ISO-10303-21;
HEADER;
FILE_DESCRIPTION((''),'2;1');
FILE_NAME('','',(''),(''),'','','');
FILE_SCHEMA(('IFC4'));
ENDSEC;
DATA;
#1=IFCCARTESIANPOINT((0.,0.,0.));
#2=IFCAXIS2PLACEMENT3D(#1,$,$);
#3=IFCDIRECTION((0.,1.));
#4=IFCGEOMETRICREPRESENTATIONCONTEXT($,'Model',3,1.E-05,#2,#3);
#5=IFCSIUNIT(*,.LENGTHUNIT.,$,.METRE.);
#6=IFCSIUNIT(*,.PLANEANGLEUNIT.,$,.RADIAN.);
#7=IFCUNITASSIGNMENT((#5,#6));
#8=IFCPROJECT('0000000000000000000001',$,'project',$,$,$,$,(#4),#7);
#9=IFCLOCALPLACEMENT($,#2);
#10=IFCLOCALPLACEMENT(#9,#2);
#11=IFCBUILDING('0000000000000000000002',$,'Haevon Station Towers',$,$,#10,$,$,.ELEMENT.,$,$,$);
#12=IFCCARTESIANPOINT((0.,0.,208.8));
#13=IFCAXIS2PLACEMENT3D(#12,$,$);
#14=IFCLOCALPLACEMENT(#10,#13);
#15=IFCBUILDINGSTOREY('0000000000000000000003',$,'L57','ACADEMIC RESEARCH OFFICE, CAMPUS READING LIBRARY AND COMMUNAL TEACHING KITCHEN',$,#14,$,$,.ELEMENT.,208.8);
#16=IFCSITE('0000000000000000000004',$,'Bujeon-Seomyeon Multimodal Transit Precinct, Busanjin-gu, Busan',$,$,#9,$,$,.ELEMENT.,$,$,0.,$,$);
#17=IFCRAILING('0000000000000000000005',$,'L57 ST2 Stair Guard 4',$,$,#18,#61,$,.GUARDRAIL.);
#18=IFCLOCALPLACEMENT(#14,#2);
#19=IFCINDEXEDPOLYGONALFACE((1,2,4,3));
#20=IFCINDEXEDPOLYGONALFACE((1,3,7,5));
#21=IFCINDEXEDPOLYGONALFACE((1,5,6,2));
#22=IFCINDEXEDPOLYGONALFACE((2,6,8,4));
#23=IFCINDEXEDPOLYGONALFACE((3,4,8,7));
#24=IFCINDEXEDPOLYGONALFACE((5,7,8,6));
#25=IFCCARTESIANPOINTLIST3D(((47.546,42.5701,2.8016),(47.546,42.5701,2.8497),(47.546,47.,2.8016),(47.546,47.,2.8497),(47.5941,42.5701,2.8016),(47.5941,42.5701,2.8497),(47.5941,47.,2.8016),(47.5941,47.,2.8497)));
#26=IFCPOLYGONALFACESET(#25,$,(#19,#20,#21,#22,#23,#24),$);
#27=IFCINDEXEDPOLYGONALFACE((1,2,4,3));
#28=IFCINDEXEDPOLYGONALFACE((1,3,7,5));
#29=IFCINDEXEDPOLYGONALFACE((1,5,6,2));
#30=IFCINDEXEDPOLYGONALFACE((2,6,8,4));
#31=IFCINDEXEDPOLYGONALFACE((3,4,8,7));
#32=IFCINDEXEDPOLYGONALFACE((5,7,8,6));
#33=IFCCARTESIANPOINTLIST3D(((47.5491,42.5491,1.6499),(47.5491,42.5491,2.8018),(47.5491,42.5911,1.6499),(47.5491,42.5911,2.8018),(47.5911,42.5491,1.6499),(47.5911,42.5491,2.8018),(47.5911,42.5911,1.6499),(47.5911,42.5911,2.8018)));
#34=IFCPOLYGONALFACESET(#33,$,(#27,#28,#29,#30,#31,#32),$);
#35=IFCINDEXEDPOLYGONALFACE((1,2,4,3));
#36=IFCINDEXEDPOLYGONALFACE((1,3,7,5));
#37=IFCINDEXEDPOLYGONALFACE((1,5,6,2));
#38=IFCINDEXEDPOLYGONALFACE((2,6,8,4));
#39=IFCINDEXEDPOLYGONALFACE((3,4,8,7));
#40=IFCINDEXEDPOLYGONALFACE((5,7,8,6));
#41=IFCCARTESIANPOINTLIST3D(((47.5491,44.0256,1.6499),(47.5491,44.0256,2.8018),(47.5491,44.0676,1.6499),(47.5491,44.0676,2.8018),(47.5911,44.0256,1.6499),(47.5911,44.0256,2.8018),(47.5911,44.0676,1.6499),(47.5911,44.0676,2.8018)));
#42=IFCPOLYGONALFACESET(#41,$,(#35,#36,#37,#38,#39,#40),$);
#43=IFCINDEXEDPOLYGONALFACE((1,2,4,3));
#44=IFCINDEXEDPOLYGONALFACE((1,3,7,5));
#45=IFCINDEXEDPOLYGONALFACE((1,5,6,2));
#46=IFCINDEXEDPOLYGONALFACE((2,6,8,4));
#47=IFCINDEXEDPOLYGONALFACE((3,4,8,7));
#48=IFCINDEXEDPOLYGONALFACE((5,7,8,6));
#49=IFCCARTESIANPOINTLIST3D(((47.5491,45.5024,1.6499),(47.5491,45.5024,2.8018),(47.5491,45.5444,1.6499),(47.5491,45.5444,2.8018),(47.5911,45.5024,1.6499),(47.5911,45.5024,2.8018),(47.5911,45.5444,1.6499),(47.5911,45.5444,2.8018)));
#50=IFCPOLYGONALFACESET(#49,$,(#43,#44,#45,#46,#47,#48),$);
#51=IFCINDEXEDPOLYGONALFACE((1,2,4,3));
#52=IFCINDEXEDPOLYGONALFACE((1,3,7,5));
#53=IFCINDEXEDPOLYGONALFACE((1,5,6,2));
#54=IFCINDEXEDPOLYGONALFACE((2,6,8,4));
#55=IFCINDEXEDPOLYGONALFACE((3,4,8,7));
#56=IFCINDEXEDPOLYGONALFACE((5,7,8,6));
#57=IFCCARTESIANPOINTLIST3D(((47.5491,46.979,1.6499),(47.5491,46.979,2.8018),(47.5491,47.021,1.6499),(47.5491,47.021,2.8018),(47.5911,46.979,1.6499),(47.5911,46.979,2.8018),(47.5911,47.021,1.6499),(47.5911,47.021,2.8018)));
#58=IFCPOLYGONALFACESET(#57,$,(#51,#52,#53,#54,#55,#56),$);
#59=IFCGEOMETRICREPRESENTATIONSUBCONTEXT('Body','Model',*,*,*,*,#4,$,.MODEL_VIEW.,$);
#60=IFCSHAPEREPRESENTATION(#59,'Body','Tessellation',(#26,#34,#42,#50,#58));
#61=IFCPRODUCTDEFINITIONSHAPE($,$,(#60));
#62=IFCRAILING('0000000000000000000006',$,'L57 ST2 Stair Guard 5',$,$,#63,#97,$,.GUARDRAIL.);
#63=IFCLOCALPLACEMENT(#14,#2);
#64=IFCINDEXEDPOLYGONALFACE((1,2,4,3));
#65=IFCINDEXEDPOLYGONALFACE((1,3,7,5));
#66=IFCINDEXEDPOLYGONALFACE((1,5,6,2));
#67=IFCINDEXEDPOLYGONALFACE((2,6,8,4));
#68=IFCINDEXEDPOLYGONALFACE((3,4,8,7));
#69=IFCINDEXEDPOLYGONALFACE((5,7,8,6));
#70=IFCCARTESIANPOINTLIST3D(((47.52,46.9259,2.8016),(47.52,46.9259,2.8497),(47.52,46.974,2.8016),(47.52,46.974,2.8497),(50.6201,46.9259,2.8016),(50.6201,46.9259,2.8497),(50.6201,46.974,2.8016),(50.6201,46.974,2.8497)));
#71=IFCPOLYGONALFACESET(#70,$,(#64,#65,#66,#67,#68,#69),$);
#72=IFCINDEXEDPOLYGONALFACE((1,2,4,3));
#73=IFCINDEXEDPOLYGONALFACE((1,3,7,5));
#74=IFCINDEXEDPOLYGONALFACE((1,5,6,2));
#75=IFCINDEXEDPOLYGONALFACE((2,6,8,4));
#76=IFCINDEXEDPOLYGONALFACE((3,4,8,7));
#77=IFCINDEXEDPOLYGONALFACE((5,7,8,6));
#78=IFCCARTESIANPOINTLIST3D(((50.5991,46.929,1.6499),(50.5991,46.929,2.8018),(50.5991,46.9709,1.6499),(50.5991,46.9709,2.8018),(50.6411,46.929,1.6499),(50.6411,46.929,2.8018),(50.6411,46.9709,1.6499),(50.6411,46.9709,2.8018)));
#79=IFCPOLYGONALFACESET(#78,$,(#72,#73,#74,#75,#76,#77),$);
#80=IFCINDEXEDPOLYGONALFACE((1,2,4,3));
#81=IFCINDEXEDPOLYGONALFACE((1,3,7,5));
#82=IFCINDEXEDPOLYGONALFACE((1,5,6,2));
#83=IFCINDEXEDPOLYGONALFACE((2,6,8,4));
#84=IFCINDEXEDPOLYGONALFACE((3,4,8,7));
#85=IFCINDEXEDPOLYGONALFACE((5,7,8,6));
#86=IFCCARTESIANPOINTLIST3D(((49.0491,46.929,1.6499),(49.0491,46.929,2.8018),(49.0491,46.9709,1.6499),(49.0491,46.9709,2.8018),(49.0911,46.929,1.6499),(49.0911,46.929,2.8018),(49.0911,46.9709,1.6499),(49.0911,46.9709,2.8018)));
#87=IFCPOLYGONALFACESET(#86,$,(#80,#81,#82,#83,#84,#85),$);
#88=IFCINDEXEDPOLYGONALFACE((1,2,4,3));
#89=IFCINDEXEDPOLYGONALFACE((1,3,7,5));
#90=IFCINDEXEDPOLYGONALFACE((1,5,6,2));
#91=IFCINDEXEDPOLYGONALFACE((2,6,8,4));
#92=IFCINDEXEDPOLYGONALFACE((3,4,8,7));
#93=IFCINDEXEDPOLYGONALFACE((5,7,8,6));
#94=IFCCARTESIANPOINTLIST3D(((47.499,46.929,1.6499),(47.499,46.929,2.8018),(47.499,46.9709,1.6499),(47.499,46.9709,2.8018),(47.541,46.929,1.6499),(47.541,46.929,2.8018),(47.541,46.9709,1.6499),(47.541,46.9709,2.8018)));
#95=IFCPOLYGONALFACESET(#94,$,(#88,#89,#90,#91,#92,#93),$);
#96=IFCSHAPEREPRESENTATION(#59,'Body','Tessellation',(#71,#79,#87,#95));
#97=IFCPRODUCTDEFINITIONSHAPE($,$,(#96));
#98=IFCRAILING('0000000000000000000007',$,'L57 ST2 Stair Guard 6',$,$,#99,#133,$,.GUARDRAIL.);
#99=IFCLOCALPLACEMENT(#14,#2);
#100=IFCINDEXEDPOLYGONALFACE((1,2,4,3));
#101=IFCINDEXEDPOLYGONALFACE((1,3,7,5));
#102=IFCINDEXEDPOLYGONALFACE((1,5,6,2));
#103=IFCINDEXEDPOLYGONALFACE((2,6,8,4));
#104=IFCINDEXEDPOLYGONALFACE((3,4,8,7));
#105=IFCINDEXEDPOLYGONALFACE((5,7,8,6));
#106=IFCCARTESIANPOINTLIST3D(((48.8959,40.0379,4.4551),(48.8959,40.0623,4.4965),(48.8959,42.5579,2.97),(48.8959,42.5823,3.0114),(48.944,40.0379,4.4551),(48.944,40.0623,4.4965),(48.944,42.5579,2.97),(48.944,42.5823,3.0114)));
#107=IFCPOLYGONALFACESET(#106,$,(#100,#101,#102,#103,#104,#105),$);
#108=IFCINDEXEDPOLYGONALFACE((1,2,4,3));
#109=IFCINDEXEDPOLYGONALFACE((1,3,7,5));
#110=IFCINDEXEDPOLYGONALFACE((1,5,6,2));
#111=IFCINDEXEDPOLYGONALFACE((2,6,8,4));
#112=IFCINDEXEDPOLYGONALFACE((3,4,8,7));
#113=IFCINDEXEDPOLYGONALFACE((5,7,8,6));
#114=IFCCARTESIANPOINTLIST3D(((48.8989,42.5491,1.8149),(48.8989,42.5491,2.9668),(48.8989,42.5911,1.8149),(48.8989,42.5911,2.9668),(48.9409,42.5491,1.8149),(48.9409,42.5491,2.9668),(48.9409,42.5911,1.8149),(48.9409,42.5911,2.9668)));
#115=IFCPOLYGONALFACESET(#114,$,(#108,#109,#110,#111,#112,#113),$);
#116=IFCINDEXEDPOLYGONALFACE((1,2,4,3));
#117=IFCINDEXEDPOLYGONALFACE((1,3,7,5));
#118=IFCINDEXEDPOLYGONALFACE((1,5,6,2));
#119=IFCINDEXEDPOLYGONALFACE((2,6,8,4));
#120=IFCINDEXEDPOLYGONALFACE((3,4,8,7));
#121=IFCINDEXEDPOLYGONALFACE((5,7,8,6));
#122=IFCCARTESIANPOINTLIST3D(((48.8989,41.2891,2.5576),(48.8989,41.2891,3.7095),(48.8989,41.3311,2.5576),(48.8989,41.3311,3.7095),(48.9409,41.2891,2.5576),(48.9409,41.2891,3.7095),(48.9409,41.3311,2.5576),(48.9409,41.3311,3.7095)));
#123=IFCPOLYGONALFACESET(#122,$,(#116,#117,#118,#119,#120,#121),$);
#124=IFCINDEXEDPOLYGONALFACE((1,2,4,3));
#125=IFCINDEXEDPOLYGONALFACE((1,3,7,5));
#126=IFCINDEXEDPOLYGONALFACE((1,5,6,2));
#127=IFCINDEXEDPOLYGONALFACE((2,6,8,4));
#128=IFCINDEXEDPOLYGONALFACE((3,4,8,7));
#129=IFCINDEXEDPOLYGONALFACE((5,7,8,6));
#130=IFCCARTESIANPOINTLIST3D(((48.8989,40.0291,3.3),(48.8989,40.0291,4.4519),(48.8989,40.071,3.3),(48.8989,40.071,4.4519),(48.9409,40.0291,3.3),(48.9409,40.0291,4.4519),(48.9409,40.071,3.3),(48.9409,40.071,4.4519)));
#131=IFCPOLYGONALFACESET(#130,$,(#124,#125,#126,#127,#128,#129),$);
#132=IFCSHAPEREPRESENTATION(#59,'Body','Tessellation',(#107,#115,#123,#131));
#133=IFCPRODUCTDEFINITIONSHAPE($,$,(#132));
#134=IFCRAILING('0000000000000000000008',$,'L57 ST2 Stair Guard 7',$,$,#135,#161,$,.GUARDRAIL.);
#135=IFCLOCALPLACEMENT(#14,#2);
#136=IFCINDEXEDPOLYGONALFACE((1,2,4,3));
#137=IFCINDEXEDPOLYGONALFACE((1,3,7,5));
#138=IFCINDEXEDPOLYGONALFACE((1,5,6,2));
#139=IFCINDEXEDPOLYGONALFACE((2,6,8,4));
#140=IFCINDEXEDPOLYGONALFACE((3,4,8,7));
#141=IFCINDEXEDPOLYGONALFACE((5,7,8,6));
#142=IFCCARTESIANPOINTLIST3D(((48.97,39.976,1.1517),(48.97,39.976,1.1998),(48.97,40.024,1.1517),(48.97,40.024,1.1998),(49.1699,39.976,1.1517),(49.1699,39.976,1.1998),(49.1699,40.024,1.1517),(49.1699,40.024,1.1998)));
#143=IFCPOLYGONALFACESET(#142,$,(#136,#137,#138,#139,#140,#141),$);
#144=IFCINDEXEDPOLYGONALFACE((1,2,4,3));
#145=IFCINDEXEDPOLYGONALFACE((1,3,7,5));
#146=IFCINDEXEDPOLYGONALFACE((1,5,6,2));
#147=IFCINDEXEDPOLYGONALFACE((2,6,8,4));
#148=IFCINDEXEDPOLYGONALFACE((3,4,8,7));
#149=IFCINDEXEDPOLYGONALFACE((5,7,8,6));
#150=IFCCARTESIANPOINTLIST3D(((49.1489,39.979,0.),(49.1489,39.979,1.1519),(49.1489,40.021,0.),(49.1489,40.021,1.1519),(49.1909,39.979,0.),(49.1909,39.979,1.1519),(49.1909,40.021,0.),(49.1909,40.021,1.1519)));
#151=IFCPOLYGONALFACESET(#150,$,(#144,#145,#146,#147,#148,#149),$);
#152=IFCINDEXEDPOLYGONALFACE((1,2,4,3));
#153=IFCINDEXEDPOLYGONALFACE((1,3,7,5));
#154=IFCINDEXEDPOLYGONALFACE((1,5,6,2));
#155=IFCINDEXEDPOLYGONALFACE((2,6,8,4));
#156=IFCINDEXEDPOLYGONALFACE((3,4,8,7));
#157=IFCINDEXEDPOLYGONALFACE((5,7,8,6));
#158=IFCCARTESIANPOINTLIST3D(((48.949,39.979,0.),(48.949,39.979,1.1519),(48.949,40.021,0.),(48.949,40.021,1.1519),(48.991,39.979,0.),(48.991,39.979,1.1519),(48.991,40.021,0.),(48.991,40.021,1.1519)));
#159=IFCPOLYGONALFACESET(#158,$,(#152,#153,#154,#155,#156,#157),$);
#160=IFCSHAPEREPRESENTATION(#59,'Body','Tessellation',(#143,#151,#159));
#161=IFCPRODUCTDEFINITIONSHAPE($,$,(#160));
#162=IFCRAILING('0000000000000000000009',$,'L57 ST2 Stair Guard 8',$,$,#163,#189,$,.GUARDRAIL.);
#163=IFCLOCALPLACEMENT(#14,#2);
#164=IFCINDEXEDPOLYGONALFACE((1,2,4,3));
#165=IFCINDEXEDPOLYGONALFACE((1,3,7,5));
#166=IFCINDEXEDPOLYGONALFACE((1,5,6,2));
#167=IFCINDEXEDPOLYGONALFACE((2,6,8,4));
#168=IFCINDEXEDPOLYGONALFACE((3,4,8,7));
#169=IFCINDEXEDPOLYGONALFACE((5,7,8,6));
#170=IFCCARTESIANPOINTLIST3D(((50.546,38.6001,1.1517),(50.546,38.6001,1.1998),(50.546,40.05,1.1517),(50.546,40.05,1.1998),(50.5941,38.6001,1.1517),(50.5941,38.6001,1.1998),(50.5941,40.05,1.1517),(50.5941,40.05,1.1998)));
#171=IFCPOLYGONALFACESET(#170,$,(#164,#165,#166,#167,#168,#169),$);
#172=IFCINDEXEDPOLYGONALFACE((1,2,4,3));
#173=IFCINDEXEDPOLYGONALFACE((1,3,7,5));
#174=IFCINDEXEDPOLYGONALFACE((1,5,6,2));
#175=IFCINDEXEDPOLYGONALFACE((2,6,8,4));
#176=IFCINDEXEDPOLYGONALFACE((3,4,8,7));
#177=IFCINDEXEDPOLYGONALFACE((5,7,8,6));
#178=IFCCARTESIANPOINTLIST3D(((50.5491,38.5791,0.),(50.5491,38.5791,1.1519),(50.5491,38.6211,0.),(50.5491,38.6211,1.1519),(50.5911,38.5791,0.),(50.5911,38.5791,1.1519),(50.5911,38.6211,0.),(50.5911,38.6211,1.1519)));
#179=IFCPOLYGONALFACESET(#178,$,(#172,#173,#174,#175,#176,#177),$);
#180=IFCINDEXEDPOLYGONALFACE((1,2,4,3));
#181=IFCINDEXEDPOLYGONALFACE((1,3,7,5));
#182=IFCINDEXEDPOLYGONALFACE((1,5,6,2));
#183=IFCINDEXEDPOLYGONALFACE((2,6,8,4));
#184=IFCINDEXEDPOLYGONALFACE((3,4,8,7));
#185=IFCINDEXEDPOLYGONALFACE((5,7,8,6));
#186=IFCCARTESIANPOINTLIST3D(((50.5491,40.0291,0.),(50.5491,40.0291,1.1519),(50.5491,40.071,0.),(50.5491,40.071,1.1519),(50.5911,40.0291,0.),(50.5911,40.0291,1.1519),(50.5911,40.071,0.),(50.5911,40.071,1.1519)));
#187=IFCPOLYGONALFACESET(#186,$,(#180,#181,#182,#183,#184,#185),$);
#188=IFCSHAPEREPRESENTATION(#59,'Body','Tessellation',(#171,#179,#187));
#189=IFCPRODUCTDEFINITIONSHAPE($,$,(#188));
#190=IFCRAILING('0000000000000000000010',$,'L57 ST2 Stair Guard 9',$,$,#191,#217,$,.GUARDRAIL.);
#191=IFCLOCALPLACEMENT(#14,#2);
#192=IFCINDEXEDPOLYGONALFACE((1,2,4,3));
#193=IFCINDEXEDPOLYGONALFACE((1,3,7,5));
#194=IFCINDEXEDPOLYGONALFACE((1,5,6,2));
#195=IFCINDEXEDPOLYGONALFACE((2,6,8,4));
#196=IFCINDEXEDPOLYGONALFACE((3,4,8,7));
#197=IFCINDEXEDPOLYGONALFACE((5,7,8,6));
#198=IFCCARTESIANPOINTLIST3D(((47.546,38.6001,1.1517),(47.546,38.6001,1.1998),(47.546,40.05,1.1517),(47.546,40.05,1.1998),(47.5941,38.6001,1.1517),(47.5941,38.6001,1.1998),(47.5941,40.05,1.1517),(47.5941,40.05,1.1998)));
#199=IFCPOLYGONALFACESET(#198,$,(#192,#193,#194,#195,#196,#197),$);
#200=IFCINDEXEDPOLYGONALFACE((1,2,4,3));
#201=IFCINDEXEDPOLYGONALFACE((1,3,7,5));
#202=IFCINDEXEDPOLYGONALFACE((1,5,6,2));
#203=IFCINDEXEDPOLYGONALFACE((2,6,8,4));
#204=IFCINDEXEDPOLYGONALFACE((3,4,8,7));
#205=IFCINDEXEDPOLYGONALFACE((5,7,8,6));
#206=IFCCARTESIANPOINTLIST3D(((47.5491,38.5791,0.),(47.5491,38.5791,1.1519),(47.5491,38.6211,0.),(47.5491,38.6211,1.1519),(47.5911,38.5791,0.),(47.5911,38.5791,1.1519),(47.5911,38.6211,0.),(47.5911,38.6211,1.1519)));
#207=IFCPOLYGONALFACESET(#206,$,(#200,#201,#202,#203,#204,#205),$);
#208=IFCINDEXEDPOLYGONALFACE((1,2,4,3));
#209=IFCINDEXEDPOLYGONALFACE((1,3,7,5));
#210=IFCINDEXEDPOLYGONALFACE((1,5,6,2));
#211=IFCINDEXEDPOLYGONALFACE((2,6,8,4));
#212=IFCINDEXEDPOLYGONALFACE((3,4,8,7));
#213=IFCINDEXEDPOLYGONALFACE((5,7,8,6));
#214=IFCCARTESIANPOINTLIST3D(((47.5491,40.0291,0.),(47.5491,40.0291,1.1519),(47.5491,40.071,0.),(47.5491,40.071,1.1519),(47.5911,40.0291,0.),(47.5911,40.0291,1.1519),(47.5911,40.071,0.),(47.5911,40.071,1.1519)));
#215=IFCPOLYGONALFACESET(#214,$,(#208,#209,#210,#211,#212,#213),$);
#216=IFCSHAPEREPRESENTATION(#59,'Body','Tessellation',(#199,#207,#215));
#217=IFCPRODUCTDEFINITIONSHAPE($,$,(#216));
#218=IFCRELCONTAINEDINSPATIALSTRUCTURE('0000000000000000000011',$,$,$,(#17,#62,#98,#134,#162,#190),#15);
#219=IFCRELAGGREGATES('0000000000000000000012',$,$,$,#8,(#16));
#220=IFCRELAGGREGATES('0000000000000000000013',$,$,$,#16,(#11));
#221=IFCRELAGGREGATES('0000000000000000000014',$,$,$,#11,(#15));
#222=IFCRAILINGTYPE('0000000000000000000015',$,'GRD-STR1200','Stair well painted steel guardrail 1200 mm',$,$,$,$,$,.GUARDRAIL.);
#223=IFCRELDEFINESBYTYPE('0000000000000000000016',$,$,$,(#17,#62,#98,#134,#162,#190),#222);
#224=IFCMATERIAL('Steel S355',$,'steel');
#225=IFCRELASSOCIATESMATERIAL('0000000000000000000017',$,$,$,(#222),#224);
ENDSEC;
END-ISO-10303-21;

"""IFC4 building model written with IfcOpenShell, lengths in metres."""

from ifc_helpers import new_model, si_unit, direction, frame, origin, origin_2d, place, context, subcontext, project, spatial, rectangle, extrude, material, type_object, element, save


model = new_model("IFC4")

# Units and contexts
model_context = context("Model", 3, precision=1e-05, world=origin(), true_north=direction((0.0, 1.0)))
body_context = subcontext(model_context, "Body", "Model", "MODEL_VIEW")
ifc_project = project(units=[si_unit("LENGTHUNIT", "METRE"), si_unit("PLANEANGLEUNIT", "RADIAN")], contexts=[model_context])

# Site, building, storey
site_placement = place(None, origin())
site = spatial("IfcSite", under=ifc_project, at=site_placement, Name="Bujeon-Seomyeon Multimodal Transit Precinct, Busanjin-gu, Busan", CompositionType="ELEMENT", RefElevation=0.0)
building_placement = place(site_placement, origin())
building = spatial("IfcBuilding", under=site, at=building_placement, Name="Haevon Station Towers", CompositionType="ELEMENT")
storey_placement = place(building_placement, frame((0.0, 0.0, 208.8)))
storey = spatial("IfcBuildingStorey", under=building, at=storey_placement, Name="L57", Description="ACADEMIC RESEARCH OFFICE, CAMPUS READING LIBRARY AND COMMUNAL TEACHING KITCHEN", CompositionType="ELEMENT", Elevation=208.8)

# Shared definitions
ifc_material_1 = material(Name="Steel S355", Category="steel")

# Railings
railing_type_1 = type_object("IfcRailingType", Name="GRD-STR1200", Description="Stair well painted steel guardrail 1200 mm", PredefinedType="GUARDRAIL", material=ifc_material_1)
for number, where, name in (
    (1, (47.5701, 42.5701, 1.6499), "L57 ST2 Stair Guard 4"),
):
    element("IfcRailing", number, at=place(storey_placement, frame(where)), inside=storey, type_object=railing_type_1, Name=name, PredefinedType="GUARDRAIL", context=body_context, shape_type="SweptSolid", body=[
        extrude(rectangle(XDim=0.0481, YDim=0.0481, at=origin_2d()), frame((0.0, 0.0, 1.1758), z_axis=(0.0, 1.0, 0.0), x_axis=(-1.0, 0.0, 0.0)), (0.0, 0.0, 1.0), 4.4299),
        extrude(rectangle(XDim=0.042, YDim=0.042, at=origin_2d()), origin(), (0.0, 0.0, 1.0), 1.1519),
        extrude(rectangle(XDim=0.042, YDim=0.042, at=origin_2d()), frame((0.0, 1.4766, 0.0)), (0.0, 0.0, 1.0), 1.1519),
        extrude(rectangle(XDim=0.042, YDim=0.042, at=origin_2d()), frame((0.0, 2.9534, 0.0)), (0.0, 0.0, 1.0), 1.1519),
        extrude(rectangle(XDim=0.042, YDim=0.042, at=origin_2d()), frame((0.0, 4.4299, 0.0)), (0.0, 0.0, 1.0), 1.1519),
    ])
railing_1_placement = place(storey_placement, frame((50.6201, 46.95, 1.6499)))
element("IfcRailing", 2, at=railing_1_placement, inside=storey, type_object=railing_type_1, Name="L57 ST2 Stair Guard 5", PredefinedType="GUARDRAIL", context=body_context, shape_type="SweptSolid", body=[
    extrude(rectangle(XDim=0.0481, YDim=0.0481, at=origin_2d()), frame((0.0, 0.0, 1.1758), z_axis=(-1.0, 0.0, 0.0), x_axis=(0.0, -1.0, 0.0)), (0.0, 0.0, 1.0), 3.1001),
    extrude(rectangle(XDim=0.042, YDim=0.042, at=origin_2d()), origin(), (0.0, 0.0, 1.0), 1.1519),
    extrude(rectangle(XDim=0.042, YDim=0.042, at=origin_2d()), frame((-1.55, 0.0, 0.0)), (0.0, 0.0, 1.0), 1.1519),
    extrude(rectangle(XDim=0.042, YDim=0.042, at=origin_2d()), frame((-3.1001, 0.0, 0.0)), (0.0, 0.0, 1.0), 1.1519),
])
railing_2_placement = place(storey_placement, frame((48.9199, 42.5701, 1.8149)))
element("IfcRailing", 3, at=railing_2_placement, inside=storey, type_object=railing_type_1, Name="L57 ST2 Stair Guard 6", PredefinedType="GUARDRAIL", context=body_context, shape_type="SweptSolid", body=[
    extrude(rectangle(XDim=0.0481, YDim=0.0481, at=origin_2d()), frame((0.0, 0.0, 1.1758), z_axis=(0.0, -0.861524, 0.507717), x_axis=(1.0, 0.0, 0.0)), (0.0, 0.0, 1.0), 2.925),
    extrude(rectangle(XDim=0.042, YDim=0.042, at=origin_2d()), origin(), (0.0, 0.0, 1.0), 1.1519),
    extrude(rectangle(XDim=0.042, YDim=0.042, at=origin_2d()), frame((0.0, -1.26, 0.7427)), (0.0, 0.0, 1.0), 1.1519),
    extrude(rectangle(XDim=0.042, YDim=0.042, at=origin_2d()), frame((0.0, -2.52, 1.4851)), (0.0, 0.0, 1.0), 1.1519),
])
railing_3_placement = place(storey_placement, frame((49.1699, 40.0, 0.0)))
element("IfcRailing", 4, at=railing_3_placement, inside=storey, type_object=railing_type_1, Name="L57 ST2 Stair Guard 7", PredefinedType="GUARDRAIL", context=body_context, shape_type="SweptSolid", body=[
    extrude(rectangle(XDim=0.0481, YDim=0.0481, at=origin_2d()), frame((0.0, 0.0, 1.1758), z_axis=(-1.0, 0.0, 0.0), x_axis=(0.0, -1.0, 0.0)), (0.0, 0.0, 1.0), 0.2),
    extrude(rectangle(XDim=0.042, YDim=0.042, at=origin_2d()), origin(), (0.0, 0.0, 1.0), 1.1519),
    extrude(rectangle(XDim=0.042, YDim=0.042, at=origin_2d()), frame((-0.2, 0.0, 0.0)), (0.0, 0.0, 1.0), 1.1519),
])
for number, where, name in (
    (5, (50.5701, 38.6001, 0.0), "L57 ST2 Stair Guard 8"),
    (6, (47.5701, 38.6001, 0.0), "L57 ST2 Stair Guard 9"),
):
    element("IfcRailing", number, at=place(storey_placement, frame(where)), inside=storey, type_object=railing_type_1, Name=name, PredefinedType="GUARDRAIL", context=body_context, shape_type="SweptSolid", body=[
        extrude(rectangle(XDim=0.0481, YDim=0.0481, at=origin_2d()), frame((0.0, 0.0, 1.1758), z_axis=(0.0, 1.0, 0.0), x_axis=(-1.0, 0.0, 0.0)), (0.0, 0.0, 1.0), 1.45),
        extrude(rectangle(XDim=0.042, YDim=0.042, at=origin_2d()), origin(), (0.0, 0.0, 1.0), 1.1519),
        extrude(rectangle(XDim=0.042, YDim=0.042, at=origin_2d()), frame((0.0, 1.45, 0.0)), (0.0, 0.0, 1.0), 1.1519),
    ])

save(model, "model.ifc")
